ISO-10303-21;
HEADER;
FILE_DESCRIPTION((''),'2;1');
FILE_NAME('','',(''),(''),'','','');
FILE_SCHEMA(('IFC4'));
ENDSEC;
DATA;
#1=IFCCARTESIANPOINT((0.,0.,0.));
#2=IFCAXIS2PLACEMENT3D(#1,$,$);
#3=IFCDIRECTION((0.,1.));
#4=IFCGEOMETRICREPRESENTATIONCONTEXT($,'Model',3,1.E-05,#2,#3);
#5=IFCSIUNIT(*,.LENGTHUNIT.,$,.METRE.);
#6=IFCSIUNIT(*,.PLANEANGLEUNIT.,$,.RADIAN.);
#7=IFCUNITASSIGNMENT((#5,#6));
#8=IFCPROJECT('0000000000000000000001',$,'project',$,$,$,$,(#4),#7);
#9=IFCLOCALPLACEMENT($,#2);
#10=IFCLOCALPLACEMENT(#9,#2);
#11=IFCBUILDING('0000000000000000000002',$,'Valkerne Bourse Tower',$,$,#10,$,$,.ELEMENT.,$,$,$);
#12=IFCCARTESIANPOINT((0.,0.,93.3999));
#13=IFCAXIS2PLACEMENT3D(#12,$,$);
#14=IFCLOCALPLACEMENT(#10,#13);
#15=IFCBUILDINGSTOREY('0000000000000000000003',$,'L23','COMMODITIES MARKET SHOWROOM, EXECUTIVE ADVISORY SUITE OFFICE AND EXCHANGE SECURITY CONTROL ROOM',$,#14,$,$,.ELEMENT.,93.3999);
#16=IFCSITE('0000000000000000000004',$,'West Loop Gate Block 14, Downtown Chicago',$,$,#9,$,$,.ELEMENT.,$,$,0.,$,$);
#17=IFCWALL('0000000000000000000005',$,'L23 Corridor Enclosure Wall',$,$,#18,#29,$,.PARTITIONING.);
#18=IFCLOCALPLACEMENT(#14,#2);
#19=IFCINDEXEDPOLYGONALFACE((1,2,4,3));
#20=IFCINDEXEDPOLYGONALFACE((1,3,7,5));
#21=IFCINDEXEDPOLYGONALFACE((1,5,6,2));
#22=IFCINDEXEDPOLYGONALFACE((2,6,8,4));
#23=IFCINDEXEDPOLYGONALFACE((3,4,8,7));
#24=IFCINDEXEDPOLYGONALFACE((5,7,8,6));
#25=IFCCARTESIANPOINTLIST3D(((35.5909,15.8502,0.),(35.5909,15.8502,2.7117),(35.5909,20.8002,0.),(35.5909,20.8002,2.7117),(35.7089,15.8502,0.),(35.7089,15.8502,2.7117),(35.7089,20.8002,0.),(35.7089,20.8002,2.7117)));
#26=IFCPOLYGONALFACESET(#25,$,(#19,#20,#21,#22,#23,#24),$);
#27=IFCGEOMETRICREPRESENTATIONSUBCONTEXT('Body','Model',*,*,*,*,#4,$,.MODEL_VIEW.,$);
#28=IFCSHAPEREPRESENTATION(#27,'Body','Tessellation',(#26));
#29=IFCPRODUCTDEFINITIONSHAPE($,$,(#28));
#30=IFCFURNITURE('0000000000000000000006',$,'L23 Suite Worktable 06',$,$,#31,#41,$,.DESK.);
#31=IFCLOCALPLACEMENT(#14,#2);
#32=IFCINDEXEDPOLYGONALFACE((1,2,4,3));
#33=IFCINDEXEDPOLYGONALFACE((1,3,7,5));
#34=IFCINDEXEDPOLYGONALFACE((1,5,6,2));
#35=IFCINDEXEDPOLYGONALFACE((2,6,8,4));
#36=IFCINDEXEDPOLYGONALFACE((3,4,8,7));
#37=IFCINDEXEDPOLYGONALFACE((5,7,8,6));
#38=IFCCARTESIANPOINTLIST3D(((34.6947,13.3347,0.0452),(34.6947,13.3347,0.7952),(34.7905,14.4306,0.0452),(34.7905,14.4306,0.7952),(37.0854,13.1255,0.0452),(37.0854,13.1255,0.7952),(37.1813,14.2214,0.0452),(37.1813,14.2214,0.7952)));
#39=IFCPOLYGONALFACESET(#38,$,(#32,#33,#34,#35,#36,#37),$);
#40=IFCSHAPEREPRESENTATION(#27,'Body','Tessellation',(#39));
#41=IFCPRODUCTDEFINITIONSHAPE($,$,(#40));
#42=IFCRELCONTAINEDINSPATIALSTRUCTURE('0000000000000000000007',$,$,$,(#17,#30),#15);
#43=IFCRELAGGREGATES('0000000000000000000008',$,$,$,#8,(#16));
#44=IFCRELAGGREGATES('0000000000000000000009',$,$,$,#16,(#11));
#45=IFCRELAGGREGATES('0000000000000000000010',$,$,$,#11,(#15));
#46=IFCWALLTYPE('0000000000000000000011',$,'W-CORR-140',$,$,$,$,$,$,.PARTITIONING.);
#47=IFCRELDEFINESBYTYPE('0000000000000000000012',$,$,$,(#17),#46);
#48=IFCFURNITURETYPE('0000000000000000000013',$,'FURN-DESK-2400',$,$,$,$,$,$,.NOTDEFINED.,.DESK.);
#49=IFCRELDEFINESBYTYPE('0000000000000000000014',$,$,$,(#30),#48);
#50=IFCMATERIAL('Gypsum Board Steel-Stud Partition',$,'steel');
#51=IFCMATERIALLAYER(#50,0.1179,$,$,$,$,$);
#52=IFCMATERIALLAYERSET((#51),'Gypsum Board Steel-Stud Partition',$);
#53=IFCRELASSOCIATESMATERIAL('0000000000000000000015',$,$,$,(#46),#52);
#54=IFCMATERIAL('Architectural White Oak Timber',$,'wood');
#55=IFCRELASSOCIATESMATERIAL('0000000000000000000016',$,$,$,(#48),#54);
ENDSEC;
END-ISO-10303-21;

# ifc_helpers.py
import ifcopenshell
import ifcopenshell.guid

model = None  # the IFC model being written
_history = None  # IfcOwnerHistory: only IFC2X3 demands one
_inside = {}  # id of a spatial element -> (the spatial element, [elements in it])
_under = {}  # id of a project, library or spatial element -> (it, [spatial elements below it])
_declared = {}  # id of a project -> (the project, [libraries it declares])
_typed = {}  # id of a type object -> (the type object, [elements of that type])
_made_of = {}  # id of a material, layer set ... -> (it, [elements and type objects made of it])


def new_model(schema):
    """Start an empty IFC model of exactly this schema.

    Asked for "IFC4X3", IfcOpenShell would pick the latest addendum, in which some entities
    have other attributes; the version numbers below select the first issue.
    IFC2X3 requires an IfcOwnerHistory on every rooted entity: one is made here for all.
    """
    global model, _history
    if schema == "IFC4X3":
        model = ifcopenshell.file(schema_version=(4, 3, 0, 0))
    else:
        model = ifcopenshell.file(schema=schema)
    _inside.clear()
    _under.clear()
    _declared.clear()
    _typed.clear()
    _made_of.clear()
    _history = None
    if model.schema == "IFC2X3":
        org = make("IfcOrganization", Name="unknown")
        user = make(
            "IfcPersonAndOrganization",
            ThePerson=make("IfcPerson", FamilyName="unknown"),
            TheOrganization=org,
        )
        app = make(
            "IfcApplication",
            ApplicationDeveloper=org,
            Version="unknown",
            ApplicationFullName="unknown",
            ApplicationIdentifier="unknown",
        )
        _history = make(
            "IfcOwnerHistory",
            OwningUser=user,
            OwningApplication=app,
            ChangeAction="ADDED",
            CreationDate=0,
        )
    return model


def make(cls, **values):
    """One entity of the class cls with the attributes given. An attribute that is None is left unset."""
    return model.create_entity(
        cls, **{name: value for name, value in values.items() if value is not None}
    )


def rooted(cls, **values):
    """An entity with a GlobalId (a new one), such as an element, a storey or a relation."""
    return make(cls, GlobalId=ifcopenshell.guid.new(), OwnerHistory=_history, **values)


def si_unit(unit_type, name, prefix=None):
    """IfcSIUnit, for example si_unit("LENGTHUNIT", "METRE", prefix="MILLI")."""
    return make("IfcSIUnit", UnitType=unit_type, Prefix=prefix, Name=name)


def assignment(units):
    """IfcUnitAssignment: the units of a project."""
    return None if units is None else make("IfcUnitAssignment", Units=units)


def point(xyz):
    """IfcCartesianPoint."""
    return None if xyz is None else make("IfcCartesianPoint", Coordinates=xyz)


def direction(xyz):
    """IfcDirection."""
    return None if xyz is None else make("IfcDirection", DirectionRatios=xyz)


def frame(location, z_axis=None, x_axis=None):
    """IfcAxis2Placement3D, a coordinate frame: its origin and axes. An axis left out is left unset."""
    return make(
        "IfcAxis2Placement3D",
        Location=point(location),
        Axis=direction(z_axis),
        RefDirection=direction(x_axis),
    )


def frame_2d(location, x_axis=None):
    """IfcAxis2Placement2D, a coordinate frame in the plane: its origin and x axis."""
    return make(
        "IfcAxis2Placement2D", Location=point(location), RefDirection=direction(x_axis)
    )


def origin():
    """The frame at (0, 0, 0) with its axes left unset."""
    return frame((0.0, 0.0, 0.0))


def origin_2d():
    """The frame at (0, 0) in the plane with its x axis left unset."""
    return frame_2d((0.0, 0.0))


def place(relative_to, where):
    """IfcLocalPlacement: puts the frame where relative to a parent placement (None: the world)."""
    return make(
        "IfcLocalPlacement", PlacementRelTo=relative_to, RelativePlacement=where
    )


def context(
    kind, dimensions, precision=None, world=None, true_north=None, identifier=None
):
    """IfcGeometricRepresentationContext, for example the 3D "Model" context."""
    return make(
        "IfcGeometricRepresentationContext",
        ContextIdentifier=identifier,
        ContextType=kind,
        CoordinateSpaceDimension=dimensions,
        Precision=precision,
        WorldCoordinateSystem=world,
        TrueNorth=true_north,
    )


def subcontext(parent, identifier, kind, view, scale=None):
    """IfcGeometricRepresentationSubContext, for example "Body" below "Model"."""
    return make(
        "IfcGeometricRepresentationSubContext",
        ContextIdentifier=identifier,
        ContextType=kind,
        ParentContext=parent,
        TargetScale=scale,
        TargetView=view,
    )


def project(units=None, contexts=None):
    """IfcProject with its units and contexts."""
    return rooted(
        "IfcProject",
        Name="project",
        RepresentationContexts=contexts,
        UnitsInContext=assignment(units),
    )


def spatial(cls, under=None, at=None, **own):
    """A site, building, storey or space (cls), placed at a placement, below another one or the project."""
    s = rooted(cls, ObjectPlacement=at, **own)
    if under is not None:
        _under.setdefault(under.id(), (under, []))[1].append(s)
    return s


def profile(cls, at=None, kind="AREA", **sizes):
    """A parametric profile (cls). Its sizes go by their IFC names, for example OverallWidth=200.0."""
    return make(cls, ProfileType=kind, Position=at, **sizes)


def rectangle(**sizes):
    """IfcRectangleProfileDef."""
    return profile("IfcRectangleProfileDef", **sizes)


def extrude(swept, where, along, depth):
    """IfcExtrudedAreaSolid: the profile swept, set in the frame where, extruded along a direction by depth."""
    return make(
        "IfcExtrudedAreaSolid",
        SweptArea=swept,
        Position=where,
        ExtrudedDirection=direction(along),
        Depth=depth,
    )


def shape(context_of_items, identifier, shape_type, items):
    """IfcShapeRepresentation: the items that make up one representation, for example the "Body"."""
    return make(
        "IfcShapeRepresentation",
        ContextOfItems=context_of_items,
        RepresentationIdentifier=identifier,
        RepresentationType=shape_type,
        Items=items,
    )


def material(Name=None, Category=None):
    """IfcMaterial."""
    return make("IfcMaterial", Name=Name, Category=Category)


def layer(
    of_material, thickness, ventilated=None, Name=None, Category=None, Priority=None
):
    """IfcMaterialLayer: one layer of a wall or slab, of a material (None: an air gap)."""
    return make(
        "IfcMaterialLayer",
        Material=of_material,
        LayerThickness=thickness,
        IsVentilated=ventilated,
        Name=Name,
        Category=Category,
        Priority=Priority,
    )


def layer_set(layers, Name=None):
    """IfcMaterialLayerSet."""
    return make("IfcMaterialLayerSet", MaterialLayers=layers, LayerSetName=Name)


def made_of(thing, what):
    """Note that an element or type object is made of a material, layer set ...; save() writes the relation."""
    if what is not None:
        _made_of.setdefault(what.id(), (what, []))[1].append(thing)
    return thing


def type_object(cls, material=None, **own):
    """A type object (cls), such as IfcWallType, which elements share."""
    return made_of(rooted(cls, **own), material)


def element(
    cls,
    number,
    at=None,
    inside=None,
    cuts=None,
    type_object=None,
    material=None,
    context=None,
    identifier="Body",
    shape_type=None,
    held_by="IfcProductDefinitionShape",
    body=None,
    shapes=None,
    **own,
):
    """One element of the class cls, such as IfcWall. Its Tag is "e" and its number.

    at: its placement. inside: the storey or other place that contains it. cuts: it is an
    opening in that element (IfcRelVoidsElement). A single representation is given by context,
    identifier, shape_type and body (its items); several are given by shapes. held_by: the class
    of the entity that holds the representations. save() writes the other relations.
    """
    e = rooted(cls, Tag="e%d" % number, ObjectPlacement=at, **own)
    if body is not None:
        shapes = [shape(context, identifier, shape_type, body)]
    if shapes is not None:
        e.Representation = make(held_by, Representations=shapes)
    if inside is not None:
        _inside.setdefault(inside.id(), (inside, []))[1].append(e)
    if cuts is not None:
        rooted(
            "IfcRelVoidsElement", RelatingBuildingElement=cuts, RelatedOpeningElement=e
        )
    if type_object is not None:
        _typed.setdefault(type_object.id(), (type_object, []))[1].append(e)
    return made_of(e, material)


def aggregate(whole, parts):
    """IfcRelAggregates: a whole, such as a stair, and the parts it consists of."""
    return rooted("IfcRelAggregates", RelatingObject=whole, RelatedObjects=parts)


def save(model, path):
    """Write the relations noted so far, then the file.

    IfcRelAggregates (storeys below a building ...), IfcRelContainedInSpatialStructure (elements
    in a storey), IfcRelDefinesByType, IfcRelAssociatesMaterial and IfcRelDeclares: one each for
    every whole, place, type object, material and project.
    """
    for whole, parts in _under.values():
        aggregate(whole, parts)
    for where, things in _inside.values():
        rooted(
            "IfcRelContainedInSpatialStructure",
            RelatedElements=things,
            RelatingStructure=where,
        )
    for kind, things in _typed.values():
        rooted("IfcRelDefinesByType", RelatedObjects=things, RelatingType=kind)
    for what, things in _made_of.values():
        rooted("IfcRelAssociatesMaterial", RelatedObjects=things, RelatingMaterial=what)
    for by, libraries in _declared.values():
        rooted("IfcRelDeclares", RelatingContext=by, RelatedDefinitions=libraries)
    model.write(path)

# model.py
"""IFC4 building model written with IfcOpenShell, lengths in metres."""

from ifc_helpers import new_model, si_unit, direction, frame, frame_2d, origin, origin_2d, place, context, subcontext, project, spatial, rectangle, extrude, material, layer, layer_set, type_object, element, save


model = new_model("IFC4")

# Units and contexts
model_context = context("Model", 3, precision=1e-05, world=origin(), true_north=direction((0.0, 1.0)))
body_context = subcontext(model_context, "Body", "Model", "MODEL_VIEW")
ifc_project = project(units=[si_unit("LENGTHUNIT", "METRE"), si_unit("PLANEANGLEUNIT", "RADIAN")], contexts=[model_context])

# Site, building, storey
site_placement = place(None, origin())
site = spatial("IfcSite", under=ifc_project, at=site_placement, Name="West Loop Gate Block 14, Downtown Chicago", CompositionType="ELEMENT", RefElevation=0.0)
building_placement = place(site_placement, origin())
building = spatial("IfcBuilding", under=site, at=building_placement, Name="Valkerne Bourse Tower", CompositionType="ELEMENT")
storey_placement = place(building_placement, frame((0.0, 0.0, 93.3999)))
storey = spatial("IfcBuildingStorey", under=building, at=storey_placement, Name="L23", Description="COMMODITIES MARKET SHOWROOM, EXECUTIVE ADVISORY SUITE OFFICE AND EXCHANGE SECURITY CONTROL ROOM", CompositionType="ELEMENT", Elevation=93.3999)

# Wall
ifc_material_1 = material(Name="Gypsum Board Steel-Stud Partition", Category="steel")
ifc_layer_1 = layer(ifc_material_1, 0.1179)
ifc_layer_set_1 = layer_set([ifc_layer_1], Name="Gypsum Board Steel-Stud Partition")
wall_type = type_object("IfcWallType", Name="W-CORR-140", PredefinedType="PARTITIONING", material=ifc_layer_set_1)
wall_placement = place(storey_placement, frame((35.6499, 15.8501, 0.0), z_axis=(0.0, 0.0, 1.0), x_axis=(0.0, 1.0, 0.0)))
element("IfcWall", 1, at=wall_placement, inside=storey, type_object=wall_type, Name="L23 Corridor Enclosure Wall", PredefinedType="PARTITIONING", context=body_context, shape_type="SweptSolid", body=[
    extrude(rectangle(XDim=4.95, YDim=0.1179, at=frame_2d((2.4751, 0.0))), origin(), (0.0, 0.0, 1.0), 2.7117),
])

# Furniture
ifc_material_2 = material(Name="Architectural White Oak Timber", Category="wood")
furniture_type = type_object("IfcFurnitureType", Name="FURN-DESK-2400", AssemblyPlace="NOTDEFINED", PredefinedType="DESK", material=ifc_material_2)
furniture_placement = place(storey_placement, frame((35.938, 13.7781, 0.0452), z_axis=(0.0, 0.0, 1.0), x_axis=(-0.996195, 0.087156, 0.0)))
element("IfcFurniture", 2, at=furniture_placement, inside=storey, type_object=furniture_type, Name="L23 Suite Worktable 06", PredefinedType="DESK", context=body_context, shape_type="SweptSolid", body=[
    extrude(rectangle(XDim=2.3999, YDim=1.1001, at=origin_2d()), origin(), (0.0, 0.0, 1.0), 0.75),
])

save(model, "model.ifc")
